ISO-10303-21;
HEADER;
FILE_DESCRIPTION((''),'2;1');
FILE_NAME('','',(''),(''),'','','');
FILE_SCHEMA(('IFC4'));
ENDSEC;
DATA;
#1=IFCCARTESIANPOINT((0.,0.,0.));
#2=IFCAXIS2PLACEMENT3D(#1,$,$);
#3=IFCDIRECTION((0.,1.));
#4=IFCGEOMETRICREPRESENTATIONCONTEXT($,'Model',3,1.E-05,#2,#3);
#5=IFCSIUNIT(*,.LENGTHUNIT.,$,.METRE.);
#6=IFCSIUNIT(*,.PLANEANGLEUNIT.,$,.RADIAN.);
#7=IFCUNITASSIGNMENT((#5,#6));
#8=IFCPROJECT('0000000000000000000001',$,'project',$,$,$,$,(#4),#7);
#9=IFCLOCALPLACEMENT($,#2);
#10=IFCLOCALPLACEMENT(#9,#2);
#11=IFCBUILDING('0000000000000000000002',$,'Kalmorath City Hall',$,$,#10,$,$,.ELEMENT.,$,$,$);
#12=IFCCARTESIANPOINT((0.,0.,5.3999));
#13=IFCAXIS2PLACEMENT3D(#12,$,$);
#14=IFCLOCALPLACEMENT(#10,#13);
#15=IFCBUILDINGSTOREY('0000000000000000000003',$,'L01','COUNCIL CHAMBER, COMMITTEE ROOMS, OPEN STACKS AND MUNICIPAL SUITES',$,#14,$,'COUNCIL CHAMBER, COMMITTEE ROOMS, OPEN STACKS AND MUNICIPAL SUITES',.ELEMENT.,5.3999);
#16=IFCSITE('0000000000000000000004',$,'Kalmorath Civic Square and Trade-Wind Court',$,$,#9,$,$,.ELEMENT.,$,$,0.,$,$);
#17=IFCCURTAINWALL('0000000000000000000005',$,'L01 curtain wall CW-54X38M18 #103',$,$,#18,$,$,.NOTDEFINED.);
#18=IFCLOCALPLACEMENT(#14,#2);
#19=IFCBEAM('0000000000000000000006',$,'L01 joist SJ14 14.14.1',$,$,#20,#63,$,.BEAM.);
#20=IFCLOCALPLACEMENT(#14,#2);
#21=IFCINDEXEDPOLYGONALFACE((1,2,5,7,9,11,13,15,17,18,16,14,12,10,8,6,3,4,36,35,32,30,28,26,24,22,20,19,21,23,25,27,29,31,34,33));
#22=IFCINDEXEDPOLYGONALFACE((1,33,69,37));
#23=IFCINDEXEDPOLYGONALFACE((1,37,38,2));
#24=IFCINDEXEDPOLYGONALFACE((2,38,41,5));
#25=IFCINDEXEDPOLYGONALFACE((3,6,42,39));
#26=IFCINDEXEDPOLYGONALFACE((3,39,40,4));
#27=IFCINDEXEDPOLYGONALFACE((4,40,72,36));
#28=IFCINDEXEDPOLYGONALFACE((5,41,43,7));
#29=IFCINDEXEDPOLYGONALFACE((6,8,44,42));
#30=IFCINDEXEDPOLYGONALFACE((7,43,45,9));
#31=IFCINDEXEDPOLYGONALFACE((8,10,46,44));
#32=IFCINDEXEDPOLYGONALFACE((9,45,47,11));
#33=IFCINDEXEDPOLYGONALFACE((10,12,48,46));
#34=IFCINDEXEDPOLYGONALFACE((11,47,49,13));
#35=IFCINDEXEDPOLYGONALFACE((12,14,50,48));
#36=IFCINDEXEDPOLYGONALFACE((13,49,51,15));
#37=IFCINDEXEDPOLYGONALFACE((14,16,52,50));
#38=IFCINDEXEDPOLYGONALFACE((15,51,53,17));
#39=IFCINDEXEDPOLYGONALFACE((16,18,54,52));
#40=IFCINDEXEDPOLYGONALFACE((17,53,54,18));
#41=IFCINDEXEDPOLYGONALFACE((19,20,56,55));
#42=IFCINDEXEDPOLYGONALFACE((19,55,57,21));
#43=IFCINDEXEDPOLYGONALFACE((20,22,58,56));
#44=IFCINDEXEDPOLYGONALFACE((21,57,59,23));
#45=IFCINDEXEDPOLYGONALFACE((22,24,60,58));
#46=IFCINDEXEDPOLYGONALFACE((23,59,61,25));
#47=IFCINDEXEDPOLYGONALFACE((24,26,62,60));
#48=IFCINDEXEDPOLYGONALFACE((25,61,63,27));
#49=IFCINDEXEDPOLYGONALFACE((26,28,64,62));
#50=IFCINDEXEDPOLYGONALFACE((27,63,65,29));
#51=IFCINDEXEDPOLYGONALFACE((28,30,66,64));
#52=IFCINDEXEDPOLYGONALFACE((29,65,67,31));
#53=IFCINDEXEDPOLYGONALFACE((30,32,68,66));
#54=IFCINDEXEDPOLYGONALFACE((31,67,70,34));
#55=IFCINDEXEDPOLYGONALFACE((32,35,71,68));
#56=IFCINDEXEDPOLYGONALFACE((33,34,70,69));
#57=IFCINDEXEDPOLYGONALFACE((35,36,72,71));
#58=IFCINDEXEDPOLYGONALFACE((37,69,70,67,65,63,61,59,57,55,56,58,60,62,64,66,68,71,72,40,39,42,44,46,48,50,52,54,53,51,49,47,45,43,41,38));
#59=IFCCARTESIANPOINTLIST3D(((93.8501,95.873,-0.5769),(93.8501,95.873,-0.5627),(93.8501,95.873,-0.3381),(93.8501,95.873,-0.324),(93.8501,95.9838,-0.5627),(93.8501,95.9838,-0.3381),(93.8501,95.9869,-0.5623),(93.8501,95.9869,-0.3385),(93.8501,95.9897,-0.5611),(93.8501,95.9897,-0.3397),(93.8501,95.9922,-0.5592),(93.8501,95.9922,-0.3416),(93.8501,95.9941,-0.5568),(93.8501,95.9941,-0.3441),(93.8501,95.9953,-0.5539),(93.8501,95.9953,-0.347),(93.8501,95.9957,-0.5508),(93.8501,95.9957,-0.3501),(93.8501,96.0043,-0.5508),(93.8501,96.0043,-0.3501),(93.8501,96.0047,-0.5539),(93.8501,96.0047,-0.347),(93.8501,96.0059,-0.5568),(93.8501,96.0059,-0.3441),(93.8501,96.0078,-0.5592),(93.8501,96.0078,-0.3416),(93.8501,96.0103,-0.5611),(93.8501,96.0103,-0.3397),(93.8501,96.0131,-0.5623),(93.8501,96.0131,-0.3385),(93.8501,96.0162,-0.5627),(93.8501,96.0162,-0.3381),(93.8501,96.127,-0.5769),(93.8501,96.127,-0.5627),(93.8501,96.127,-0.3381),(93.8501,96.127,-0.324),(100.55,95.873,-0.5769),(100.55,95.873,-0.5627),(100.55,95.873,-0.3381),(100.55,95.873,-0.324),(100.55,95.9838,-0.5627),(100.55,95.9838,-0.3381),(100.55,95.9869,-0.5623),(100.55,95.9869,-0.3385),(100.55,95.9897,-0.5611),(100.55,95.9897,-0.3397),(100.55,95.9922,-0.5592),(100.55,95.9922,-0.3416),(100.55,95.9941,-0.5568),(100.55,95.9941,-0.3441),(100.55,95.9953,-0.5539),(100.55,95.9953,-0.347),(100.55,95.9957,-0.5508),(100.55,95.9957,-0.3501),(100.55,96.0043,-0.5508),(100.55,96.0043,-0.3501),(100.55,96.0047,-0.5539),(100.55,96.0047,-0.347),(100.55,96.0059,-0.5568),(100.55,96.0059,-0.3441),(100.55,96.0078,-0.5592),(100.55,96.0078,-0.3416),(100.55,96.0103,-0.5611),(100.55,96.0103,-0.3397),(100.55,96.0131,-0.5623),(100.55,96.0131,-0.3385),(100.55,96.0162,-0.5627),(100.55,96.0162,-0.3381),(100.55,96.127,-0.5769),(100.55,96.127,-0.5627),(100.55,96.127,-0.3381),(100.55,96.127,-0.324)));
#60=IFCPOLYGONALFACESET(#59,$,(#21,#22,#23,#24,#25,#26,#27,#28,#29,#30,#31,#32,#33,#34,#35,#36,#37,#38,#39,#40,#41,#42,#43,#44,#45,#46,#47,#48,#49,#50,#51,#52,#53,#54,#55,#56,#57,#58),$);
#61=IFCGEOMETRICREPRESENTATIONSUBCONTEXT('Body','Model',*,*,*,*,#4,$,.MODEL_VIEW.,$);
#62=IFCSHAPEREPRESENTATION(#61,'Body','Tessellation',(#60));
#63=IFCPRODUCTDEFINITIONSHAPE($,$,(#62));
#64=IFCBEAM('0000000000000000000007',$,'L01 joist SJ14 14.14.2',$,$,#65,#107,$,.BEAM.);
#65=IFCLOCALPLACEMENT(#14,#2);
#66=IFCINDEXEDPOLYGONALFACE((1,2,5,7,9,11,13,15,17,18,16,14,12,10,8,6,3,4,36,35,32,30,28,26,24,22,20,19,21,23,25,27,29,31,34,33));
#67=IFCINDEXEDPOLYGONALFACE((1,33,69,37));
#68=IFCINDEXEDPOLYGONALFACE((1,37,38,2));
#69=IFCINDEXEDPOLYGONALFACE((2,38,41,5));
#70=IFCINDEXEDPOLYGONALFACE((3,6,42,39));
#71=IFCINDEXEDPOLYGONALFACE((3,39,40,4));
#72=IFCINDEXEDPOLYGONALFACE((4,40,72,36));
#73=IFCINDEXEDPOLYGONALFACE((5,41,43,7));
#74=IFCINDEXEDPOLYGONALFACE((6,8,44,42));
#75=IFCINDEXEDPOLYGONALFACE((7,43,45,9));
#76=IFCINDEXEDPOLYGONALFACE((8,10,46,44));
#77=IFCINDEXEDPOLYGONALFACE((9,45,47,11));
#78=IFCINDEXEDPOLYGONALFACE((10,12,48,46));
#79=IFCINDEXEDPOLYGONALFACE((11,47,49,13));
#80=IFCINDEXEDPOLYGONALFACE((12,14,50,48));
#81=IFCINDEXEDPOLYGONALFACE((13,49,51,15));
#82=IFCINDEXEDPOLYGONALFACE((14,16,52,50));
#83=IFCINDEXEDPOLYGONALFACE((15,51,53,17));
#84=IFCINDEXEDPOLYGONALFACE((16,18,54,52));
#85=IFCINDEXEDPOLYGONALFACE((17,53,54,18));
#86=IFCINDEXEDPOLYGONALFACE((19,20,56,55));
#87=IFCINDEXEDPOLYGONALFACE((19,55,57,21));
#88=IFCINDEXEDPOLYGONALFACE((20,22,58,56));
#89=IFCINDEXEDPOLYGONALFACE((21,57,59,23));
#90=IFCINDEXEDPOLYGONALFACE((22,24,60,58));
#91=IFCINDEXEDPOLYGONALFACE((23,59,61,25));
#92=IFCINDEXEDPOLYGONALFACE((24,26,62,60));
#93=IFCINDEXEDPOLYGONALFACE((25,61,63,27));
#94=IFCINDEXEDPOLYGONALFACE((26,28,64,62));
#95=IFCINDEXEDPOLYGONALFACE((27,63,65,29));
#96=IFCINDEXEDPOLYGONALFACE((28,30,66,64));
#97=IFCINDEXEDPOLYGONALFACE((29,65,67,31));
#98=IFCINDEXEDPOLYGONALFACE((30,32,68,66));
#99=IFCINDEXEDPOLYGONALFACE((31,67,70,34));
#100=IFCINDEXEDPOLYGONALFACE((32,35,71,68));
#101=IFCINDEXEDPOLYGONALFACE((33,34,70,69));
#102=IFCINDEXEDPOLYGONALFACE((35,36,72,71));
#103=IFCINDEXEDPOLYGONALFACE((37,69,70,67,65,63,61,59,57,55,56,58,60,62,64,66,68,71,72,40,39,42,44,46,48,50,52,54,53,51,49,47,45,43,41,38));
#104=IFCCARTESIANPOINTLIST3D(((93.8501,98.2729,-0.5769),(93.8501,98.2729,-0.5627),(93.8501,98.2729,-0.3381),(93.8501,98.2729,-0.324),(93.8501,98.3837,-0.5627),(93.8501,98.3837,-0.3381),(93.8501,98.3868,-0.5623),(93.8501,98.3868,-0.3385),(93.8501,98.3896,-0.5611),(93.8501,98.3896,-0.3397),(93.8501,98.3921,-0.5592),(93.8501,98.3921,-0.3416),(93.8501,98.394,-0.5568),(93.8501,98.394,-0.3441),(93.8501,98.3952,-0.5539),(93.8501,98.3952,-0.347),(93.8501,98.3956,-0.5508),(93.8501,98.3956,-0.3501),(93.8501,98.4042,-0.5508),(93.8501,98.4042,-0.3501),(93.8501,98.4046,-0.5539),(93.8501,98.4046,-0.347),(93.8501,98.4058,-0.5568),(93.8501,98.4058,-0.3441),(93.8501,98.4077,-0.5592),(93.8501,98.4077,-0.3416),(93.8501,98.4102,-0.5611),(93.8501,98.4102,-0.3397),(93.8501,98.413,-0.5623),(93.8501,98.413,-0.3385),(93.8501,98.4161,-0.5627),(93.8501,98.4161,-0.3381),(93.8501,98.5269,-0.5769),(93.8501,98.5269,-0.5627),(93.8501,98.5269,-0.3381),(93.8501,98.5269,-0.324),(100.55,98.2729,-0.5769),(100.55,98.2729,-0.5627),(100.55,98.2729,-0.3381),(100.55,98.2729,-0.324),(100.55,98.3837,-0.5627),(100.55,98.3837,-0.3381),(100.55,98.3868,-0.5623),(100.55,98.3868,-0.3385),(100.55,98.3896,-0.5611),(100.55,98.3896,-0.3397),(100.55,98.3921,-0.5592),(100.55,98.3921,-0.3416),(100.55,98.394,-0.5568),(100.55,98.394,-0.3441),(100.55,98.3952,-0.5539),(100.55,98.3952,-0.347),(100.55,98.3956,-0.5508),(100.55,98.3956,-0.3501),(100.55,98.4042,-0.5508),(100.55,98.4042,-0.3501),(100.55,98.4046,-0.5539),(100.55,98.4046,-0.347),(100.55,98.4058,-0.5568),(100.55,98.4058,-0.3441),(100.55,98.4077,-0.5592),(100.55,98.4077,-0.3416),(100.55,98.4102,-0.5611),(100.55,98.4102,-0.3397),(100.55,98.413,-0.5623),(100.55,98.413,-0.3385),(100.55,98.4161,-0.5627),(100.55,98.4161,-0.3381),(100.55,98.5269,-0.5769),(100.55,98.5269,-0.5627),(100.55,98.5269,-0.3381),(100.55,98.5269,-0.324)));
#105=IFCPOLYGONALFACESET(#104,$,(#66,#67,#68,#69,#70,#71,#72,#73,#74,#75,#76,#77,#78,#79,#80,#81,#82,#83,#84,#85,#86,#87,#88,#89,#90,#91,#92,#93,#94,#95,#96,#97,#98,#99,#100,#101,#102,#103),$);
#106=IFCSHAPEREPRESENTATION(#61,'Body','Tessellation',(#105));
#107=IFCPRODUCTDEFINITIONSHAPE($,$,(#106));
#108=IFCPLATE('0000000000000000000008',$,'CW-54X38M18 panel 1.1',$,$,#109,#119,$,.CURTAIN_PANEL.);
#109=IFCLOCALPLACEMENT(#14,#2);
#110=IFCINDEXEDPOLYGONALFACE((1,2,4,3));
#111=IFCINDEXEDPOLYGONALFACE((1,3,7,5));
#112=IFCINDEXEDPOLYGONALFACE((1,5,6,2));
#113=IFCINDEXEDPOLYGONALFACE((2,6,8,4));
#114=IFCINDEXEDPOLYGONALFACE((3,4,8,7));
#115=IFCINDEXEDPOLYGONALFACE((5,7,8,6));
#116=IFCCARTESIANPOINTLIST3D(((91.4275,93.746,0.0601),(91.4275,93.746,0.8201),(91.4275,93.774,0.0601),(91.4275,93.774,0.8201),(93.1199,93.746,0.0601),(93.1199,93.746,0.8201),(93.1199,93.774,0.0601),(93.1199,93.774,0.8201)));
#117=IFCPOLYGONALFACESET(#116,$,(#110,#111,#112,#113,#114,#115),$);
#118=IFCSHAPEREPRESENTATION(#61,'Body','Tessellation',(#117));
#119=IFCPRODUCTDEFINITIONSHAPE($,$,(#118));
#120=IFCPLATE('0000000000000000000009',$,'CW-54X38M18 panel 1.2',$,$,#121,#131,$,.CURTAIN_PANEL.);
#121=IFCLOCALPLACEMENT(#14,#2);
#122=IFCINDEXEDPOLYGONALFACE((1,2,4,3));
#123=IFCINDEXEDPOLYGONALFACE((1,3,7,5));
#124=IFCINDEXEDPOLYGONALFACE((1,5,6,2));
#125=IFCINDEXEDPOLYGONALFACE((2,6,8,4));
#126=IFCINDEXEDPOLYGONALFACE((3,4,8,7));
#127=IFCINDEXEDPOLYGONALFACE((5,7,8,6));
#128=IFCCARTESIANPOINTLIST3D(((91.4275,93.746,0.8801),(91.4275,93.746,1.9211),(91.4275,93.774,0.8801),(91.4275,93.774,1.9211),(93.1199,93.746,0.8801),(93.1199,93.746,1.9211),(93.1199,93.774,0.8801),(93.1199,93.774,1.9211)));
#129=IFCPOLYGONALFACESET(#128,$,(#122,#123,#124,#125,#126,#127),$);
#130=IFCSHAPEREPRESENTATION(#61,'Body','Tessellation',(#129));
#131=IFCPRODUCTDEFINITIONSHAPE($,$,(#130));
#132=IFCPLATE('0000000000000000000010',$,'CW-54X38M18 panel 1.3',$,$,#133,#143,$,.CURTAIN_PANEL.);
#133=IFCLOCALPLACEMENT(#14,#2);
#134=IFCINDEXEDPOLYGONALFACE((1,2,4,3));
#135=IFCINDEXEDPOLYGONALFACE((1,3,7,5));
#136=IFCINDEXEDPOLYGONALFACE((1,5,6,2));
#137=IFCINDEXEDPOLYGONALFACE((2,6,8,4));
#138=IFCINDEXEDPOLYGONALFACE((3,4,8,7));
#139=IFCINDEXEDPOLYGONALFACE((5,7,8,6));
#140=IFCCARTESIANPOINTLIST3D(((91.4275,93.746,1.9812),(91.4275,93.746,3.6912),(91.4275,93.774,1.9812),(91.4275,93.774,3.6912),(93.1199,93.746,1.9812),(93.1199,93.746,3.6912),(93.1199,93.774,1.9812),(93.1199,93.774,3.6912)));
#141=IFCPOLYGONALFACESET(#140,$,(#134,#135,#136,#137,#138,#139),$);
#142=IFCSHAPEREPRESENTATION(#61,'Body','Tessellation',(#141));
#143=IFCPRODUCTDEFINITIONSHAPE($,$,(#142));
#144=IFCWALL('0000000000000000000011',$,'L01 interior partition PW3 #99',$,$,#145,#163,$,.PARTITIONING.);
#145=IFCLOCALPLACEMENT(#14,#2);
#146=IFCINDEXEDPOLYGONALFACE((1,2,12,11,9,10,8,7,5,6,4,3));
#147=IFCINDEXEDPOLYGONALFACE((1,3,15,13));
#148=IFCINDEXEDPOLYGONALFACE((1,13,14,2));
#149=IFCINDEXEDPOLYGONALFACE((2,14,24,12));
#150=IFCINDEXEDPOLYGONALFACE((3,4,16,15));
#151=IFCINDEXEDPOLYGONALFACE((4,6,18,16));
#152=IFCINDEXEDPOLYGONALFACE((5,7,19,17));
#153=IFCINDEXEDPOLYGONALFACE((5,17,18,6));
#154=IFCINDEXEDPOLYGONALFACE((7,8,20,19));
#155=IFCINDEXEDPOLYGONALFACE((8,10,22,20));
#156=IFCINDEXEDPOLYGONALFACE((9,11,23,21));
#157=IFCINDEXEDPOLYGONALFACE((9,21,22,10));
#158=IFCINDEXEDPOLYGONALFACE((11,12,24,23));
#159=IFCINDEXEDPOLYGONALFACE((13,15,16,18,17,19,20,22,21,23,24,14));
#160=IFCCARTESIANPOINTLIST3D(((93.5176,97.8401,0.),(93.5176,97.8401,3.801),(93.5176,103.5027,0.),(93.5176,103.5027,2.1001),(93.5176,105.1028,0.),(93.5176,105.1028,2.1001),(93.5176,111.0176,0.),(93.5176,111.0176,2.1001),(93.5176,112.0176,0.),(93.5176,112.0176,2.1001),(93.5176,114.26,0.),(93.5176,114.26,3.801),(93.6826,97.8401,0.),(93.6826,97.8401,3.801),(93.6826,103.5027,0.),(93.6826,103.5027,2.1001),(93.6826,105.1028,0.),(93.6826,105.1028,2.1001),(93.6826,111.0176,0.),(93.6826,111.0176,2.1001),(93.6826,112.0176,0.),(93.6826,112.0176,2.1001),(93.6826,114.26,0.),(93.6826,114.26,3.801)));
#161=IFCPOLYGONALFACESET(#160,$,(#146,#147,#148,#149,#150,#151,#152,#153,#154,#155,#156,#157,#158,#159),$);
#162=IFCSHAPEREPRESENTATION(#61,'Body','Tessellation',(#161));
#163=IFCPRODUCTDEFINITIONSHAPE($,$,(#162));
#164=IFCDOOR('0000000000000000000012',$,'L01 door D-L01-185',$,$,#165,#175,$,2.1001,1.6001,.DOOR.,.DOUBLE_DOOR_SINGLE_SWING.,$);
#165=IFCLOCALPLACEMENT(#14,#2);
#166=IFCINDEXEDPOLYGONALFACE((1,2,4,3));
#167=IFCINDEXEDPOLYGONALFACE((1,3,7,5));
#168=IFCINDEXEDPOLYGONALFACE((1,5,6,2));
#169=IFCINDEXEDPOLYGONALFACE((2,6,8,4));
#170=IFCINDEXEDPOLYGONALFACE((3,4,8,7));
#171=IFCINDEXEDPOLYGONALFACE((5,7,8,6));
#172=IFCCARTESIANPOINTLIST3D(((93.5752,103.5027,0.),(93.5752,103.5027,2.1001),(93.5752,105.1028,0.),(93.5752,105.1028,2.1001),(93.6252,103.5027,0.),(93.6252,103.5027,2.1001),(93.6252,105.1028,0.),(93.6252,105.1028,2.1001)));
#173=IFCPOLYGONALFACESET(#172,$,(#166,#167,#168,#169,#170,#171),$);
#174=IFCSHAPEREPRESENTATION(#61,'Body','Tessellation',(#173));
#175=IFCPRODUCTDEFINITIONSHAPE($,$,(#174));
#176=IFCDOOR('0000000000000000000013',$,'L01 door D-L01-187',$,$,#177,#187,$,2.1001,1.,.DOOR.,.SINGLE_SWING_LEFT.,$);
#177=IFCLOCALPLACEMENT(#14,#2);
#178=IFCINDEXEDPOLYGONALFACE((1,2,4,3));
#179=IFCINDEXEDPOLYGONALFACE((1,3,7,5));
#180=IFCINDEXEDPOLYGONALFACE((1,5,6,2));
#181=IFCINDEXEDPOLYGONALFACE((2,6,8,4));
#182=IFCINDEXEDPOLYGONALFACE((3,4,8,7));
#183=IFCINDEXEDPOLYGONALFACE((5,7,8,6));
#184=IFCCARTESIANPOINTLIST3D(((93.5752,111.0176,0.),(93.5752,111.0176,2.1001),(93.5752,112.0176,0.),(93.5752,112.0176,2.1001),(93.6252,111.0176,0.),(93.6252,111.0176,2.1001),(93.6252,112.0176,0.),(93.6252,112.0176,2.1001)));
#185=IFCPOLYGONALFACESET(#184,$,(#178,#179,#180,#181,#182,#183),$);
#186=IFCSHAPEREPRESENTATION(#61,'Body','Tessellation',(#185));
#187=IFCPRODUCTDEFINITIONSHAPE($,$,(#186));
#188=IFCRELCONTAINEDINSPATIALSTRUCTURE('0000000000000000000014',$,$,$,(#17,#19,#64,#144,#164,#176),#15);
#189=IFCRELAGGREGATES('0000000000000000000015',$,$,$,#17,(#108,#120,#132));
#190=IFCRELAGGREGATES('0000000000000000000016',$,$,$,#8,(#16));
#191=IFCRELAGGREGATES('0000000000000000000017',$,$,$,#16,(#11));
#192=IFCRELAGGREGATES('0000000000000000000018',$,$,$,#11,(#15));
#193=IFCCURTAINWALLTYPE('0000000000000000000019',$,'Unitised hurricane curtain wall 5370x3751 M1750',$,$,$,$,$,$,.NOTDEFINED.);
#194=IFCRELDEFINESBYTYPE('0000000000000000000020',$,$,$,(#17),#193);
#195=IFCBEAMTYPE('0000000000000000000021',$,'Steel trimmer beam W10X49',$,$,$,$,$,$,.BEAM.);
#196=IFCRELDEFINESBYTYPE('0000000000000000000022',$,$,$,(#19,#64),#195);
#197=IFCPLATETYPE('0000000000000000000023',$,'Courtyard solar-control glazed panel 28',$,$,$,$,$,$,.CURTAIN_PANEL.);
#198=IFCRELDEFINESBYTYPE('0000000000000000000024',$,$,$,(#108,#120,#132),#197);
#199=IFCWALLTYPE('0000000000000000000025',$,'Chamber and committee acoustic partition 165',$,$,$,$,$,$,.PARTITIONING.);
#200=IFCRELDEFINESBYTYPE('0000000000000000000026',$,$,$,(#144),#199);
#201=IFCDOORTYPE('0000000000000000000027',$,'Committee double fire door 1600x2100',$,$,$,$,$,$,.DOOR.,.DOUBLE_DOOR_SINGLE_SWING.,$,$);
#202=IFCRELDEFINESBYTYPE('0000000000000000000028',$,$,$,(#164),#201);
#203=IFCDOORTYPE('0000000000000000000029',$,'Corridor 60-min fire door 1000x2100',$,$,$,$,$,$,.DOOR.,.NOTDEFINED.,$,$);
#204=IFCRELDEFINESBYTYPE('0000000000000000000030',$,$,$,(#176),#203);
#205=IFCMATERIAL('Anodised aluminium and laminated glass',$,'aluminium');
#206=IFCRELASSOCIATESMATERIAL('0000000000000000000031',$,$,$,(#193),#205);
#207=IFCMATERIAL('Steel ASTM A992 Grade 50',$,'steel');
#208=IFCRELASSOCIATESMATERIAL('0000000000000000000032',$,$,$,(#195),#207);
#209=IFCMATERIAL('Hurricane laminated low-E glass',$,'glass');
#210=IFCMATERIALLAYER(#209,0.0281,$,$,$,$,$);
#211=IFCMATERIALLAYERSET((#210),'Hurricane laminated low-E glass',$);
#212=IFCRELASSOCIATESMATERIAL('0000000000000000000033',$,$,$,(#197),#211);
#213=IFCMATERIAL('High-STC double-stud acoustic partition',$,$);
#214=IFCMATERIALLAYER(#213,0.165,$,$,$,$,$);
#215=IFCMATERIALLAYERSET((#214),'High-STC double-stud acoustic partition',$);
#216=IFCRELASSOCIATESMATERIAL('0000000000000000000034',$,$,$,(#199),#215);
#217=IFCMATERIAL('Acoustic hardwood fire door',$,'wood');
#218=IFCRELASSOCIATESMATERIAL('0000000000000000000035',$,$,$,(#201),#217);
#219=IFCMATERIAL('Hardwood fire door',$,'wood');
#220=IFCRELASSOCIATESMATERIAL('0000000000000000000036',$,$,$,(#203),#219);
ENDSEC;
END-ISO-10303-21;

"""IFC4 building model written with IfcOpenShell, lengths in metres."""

from ifc_helpers import new_model, si_unit, direction, frame, frame_2d, origin, origin_2d, place, context, subcontext, project, spatial, rectangle, i_section, extrude, material, layer, layer_set, material_profile, profile_set, type_object, element, fill, aggregate, save


model = new_model("IFC4")

# Units and contexts
model_context = context("Model", 3, precision=1e-05, world=origin(), true_north=direction((0.0, 1.0)))
body_context = subcontext(model_context, "Body", "Model", "MODEL_VIEW")
ifc_project = project(units=[si_unit("LENGTHUNIT", "METRE"), si_unit("PLANEANGLEUNIT", "RADIAN")], contexts=[model_context])

# Site, building, storey
site_placement = place(None, origin())
site = spatial("IfcSite", under=ifc_project, at=site_placement, Name="Kalmorath Civic Square and Trade-Wind Court", CompositionType="ELEMENT", RefElevation=0.0)
building_placement = place(site_placement, origin())
building = spatial("IfcBuilding", under=site, at=building_placement, Name="Kalmorath City Hall", CompositionType="ELEMENT")
storey_placement = place(building_placement, frame((0.0, 0.0, 5.3999)))
storey = spatial("IfcBuildingStorey", under=building, at=storey_placement, Name="L01", Description="COUNCIL CHAMBER, COMMITTEE ROOMS, OPEN STACKS AND MUNICIPAL SUITES", LongName="COUNCIL CHAMBER, COMMITTEE ROOMS, OPEN STACKS AND MUNICIPAL SUITES", CompositionType="ELEMENT", Elevation=5.3999)

# Curtain wall
ifc_material_1 = material(Name="Anodised aluminium and laminated glass", Category="aluminium")
curtain_wall_type = type_object("IfcCurtainWallType", Name="Unitised hurricane curtain wall 5370x3751 M1750", PredefinedType="NOTDEFINED", material=ifc_material_1)
curtain_wall_placement = place(storey_placement, origin())
curtain_wall = element("IfcCurtainWall", 1, at=curtain_wall_placement, inside=storey, type_object=curtain_wall_type, Name="L01 curtain wall CW-54X38M18 #103", PredefinedType="NOTDEFINED")

# Beams
ifc_material_2 = material(Name="Steel ASTM A992 Grade 50", Category="steel")
ifc_material_profile_1 = material_profile(ifc_material_2, i_section(OverallWidth=0.2539, OverallDepth=0.2529, WebThickness=0.0085, FlangeThickness=0.0142, FilletRadius=0.012, at=origin_2d()), Name="W10X49")
ifc_profile_set_1 = profile_set([ifc_material_profile_1], Name="Steel ASTM A992 Grade 50")
beam_type_1 = type_object("IfcBeamType", Name="Steel trimmer beam W10X49", PredefinedType="BEAM", material=ifc_profile_set_1)
for number, where, z_axis, x_axis, name in (
    (2, (93.8501, 96.0, -0.4504), (1.0, 0.0, 0.0), (0.0, 1.0, 0.0), "L01 joist SJ14 14.14.1"),
    (3, (93.8501, 98.3999, -0.4504), (1.0, 0.0, 0.0), (0.0, 1.0, 0.0), "L01 joist SJ14 14.14.2"),
):
    element("IfcBeam", number, at=place(storey_placement, frame(where, z_axis=z_axis, x_axis=x_axis)), inside=storey, type_object=beam_type_1, Name=name, PredefinedType="BEAM", context=body_context, shape_type="SweptSolid", body=[
        extrude(i_section(OverallWidth=0.2539, OverallDepth=0.2529, WebThickness=0.0085, FlangeThickness=0.0142, FilletRadius=0.012, at=origin_2d()), origin(), (0.0, 0.0, 1.0), 6.7),
    ])

# Plates
ifc_material_3 = material(Name="Hurricane laminated low-E glass", Category="glass")
ifc_layer_1 = layer(ifc_material_3, 0.0281)
ifc_layer_set_1 = layer_set([ifc_layer_1], Name="Hurricane laminated low-E glass")
plate_type = type_object("IfcPlateType", Name="Courtyard solar-control glazed panel 28", PredefinedType="CURTAIN_PANEL", material=ifc_layer_set_1)
plate_1_placement = place(storey_placement, frame((92.2737, 93.76, 0.0601), z_axis=(0.0, 0.0, 1.0), x_axis=(-1.0, 0.0, 0.0)))
plate_1 = element("IfcPlate", 4, at=plate_1_placement, type_object=plate_type, Name="CW-54X38M18 panel 1.1", PredefinedType="CURTAIN_PANEL", context=body_context, shape_type="SweptSolid", body=[
    extrude(rectangle(XDim=1.6924, YDim=0.0281, at=origin_2d()), origin(), (0.0, 0.0, 1.0), 0.76),
])
plate_2_placement = place(storey_placement, frame((92.2737, 93.76, 0.8801), z_axis=(0.0, 0.0, 1.0), x_axis=(-1.0, 0.0, 0.0)))
plate_2 = element("IfcPlate", 5, at=plate_2_placement, type_object=plate_type, Name="CW-54X38M18 panel 1.2", PredefinedType="CURTAIN_PANEL", context=body_context, shape_type="SweptSolid", body=[
    extrude(rectangle(XDim=1.6924, YDim=0.0281, at=origin_2d()), origin(), (0.0, 0.0, 1.0), 1.041),
])
plate_3_placement = place(storey_placement, frame((92.2737, 93.76, 1.9812), z_axis=(0.0, 0.0, 1.0), x_axis=(-1.0, 0.0, 0.0)))
plate_3 = element("IfcPlate", 6, at=plate_3_placement, type_object=plate_type, Name="CW-54X38M18 panel 1.3", PredefinedType="CURTAIN_PANEL", context=body_context, shape_type="SweptSolid", body=[
    extrude(rectangle(XDim=1.6924, YDim=0.0281, at=origin_2d()), origin(), (0.0, 0.0, 1.0), 1.71),
])
aggregate(curtain_wall, [plate_1, plate_2, plate_3])

# Wall, openings, doors
ifc_material_4 = material(Name="High-STC double-stud acoustic partition")
ifc_layer_2 = layer(ifc_material_4, 0.165)
ifc_layer_set_2 = layer_set([ifc_layer_2], Name="High-STC double-stud acoustic partition")
wall_type_1 = type_object("IfcWallType", Name="Chamber and committee acoustic partition 165", PredefinedType="PARTITIONING", material=ifc_layer_set_2)
wall_1_placement = place(storey_placement, frame((93.6001, 97.8401, 0.0), z_axis=(0.0, 0.0, 1.0), x_axis=(0.0, 1.0, 0.0)))
wall_1 = element("IfcWall", 7, at=wall_1_placement, inside=storey, type_object=wall_type_1, Name="L01 interior partition PW3 #99", PredefinedType="PARTITIONING", context=body_context, shape_type="SweptSolid", body=[
    extrude(rectangle(XDim=16.4199, YDim=0.165, at=frame_2d((8.21, 0.0))), origin(), (0.0, 0.0, 1.0), 3.801),
])
opening_1_placement = place(wall_1_placement, frame((5.6626, 0.0, 0.0)))
opening_1 = element("IfcOpeningElement", 8, at=opening_1_placement, cuts=wall_1, PredefinedType="OPENING", context=body_context, shape_type="SweptSolid", body=[
    extrude(rectangle(XDim=1.6001, YDim=2.1001, at=frame_2d((0.8, 1.05))), frame((0.0, 0.0925, 0.0), z_axis=(0.0, -1.0, 0.0), x_axis=(1.0, 0.0, 0.0)), (0.0, 0.0, 1.0), 0.1851),
])
opening_2_placement = place(wall_1_placement, frame((13.1775, 0.0, 0.0)))
opening_2 = element("IfcOpeningElement", 9, at=opening_2_placement, cuts=wall_1, PredefinedType="OPENING", context=body_context, shape_type="SweptSolid", body=[
    extrude(rectangle(XDim=1.0, YDim=2.1001, at=frame_2d((0.5, 1.05))), frame((0.0, 0.0925, 0.0), z_axis=(0.0, -1.0, 0.0), x_axis=(1.0, 0.0, 0.0)), (0.0, 0.0, 1.0), 0.1851),
])
ifc_material_5 = material(Name="Acoustic hardwood fire door", Category="wood")
door_type_1 = type_object("IfcDoorType", Name="Committee double fire door 1600x2100", OperationType="DOUBLE_DOOR_SINGLE_SWING", PredefinedType="DOOR", material=ifc_material_5)
door_1_placement = place(opening_1_placement, origin())
door_1 = element("IfcDoor", 10, at=door_1_placement, inside=storey, type_object=door_type_1, Name="L01 door D-L01-185", OperationType="DOUBLE_DOOR_SINGLE_SWING", OverallHeight=2.1001, OverallWidth=1.6001, PredefinedType="DOOR", context=body_context, shape_type="SweptSolid", body=[
    extrude(rectangle(XDim=1.6001, YDim=2.1001, at=frame_2d((0.8, 1.05))), frame((0.0, 0.0249, 0.0), z_axis=(0.0, -1.0, 0.0), x_axis=(1.0, 0.0, 0.0)), (0.0, 0.0, 1.0), 0.05),
])
fill(opening_1, door_1)
ifc_material_6 = material(Name="Hardwood fire door", Category="wood")
door_type_2 = type_object("IfcDoorType", Name="Corridor 60-min fire door 1000x2100", OperationType="NOTDEFINED", PredefinedType="DOOR", material=ifc_material_6)
door_2_placement = place(opening_2_placement, origin())
door_2 = element("IfcDoor", 11, at=door_2_placement, inside=storey, type_object=door_type_2, Name="L01 door D-L01-187", OperationType="SINGLE_SWING_LEFT", OverallHeight=2.1001, OverallWidth=1.0, PredefinedType="DOOR", context=body_context, shape_type="SweptSolid", body=[
    extrude(rectangle(XDim=1.0, YDim=2.1001, at=frame_2d((0.5, 1.05))), frame((0.0, 0.0249, 0.0), z_axis=(0.0, -1.0, 0.0), x_axis=(1.0, 0.0, 0.0)), (0.0, 0.0, 1.0), 0.05),
])
fill(opening_2, door_2)

save(model, "model.ifc")
